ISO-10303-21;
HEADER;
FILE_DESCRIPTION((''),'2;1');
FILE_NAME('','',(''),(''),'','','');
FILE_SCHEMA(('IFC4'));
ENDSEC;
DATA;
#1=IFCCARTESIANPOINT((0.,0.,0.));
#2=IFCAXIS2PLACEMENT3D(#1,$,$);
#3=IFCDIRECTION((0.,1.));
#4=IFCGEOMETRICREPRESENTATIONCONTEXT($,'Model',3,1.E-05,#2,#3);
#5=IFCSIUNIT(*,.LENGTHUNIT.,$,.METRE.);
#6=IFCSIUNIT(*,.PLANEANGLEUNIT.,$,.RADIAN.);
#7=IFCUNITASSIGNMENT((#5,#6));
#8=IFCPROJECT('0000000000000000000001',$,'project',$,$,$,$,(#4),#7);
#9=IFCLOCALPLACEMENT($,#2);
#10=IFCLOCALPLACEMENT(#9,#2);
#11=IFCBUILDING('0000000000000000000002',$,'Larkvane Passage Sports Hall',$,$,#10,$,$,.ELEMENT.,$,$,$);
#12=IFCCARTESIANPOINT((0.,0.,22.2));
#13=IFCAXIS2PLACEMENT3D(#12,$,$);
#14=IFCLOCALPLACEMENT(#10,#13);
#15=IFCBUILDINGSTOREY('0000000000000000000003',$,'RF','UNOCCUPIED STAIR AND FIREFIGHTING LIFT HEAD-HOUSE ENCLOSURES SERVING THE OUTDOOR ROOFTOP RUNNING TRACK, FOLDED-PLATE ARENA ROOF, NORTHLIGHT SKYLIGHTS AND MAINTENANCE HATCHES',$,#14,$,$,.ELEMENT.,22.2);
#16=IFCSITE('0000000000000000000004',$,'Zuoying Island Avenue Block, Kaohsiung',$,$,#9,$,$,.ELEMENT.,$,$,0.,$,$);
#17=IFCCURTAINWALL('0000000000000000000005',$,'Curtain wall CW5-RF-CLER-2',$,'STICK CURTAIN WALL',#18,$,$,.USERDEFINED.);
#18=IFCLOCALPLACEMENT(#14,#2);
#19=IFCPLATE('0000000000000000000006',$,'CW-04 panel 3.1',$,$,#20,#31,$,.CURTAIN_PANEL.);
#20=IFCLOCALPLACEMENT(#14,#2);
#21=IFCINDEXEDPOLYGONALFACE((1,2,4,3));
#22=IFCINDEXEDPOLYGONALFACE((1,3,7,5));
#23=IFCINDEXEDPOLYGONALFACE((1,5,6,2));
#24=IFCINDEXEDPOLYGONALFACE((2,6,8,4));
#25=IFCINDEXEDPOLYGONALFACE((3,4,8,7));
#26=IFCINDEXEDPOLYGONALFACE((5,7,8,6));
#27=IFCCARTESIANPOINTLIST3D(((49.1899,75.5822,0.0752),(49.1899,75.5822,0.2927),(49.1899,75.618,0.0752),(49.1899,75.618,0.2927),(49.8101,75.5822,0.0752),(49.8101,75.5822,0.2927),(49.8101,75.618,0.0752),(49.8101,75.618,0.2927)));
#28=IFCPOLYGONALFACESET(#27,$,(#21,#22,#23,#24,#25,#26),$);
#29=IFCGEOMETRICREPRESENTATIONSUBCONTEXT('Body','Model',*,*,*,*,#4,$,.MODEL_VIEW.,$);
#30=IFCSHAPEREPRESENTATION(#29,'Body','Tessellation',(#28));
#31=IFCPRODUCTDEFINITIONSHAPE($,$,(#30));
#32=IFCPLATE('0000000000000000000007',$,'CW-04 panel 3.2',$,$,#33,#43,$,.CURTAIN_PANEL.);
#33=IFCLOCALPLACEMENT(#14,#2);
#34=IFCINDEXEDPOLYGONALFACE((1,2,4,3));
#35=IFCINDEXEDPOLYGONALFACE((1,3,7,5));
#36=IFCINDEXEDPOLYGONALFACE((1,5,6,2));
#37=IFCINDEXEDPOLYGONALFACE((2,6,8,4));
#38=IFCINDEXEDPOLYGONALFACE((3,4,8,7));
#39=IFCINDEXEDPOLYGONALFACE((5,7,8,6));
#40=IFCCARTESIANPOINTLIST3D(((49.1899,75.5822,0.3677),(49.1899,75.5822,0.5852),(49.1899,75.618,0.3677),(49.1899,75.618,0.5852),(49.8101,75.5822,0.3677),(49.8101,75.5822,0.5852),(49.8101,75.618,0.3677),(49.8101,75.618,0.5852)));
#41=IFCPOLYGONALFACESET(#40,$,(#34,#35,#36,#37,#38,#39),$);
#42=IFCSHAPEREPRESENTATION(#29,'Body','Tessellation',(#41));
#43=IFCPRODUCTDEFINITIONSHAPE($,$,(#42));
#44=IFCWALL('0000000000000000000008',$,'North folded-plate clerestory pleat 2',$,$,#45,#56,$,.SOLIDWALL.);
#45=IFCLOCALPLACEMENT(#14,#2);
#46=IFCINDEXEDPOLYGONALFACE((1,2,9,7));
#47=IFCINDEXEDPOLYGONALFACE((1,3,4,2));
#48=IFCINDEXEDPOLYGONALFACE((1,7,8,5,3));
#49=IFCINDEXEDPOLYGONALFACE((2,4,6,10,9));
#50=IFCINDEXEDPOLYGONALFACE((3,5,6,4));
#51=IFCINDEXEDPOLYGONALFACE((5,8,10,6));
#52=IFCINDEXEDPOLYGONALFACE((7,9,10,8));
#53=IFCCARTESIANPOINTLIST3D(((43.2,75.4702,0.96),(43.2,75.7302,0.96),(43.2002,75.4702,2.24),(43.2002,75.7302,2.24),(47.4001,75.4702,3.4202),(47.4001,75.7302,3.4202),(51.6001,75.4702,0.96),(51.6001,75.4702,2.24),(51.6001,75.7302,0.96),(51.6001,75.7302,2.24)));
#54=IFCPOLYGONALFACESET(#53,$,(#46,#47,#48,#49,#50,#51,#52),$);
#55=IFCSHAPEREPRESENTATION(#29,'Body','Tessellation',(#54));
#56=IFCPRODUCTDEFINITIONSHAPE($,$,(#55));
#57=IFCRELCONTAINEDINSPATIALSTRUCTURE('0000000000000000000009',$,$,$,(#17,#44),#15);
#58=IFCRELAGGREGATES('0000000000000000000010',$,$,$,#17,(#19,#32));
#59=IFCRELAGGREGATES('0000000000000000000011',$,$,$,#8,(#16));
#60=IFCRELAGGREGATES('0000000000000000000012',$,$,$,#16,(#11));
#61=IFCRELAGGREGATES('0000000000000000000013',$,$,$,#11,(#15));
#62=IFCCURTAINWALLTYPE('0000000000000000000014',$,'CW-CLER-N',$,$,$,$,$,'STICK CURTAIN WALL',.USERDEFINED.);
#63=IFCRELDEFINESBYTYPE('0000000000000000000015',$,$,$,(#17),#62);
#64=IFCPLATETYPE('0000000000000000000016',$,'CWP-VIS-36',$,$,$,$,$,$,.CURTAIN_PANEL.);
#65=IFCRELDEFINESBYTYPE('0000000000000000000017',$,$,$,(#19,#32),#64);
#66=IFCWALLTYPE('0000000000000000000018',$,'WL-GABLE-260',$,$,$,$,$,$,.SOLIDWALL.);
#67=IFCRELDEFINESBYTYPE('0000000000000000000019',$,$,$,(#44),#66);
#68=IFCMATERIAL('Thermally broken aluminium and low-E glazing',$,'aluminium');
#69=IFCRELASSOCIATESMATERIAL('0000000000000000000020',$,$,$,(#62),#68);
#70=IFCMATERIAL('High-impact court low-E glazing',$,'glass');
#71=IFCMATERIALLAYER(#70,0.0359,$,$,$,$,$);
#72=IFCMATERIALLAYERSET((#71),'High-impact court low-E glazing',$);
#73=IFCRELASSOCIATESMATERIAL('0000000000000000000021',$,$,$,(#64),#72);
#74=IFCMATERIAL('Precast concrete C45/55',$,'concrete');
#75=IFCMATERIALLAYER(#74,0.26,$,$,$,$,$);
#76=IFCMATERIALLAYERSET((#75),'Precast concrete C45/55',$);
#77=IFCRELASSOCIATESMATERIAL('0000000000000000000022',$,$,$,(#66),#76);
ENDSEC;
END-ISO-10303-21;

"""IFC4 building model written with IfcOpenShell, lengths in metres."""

from ifc_helpers import new_model, si_unit, direction, frame, origin, origin_2d, place, context, subcontext, project, spatial, polyline, rectangle, outline, extrude, material, layer, layer_set, type_object, element, aggregate, save


model = new_model("IFC4")

# Units and contexts
model_context = context("Model", 3, precision=1e-05, world=origin(), true_north=direction((0.0, 1.0)))
body_context = subcontext(model_context, "Body", "Model", "MODEL_VIEW")
ifc_project = project(units=[si_unit("LENGTHUNIT", "METRE"), si_unit("PLANEANGLEUNIT", "RADIAN")], contexts=[model_context])

# Site, building, storey
site_placement = place(None, origin())
site = spatial("IfcSite", under=ifc_project, at=site_placement, Name="Zuoying Island Avenue Block, Kaohsiung", CompositionType="ELEMENT", RefElevation=0.0)
building_placement = place(site_placement, origin())
building = spatial("IfcBuilding", under=site, at=building_placement, Name="Larkvane Passage Sports Hall", CompositionType="ELEMENT")
storey_placement = place(building_placement, frame((0.0, 0.0, 22.2)))
storey = spatial("IfcBuildingStorey", under=building, at=storey_placement, Name="RF", Description="UNOCCUPIED STAIR AND FIREFIGHTING LIFT HEAD-HOUSE ENCLOSURES SERVING THE OUTDOOR ROOFTOP RUNNING TRACK, FOLDED-PLATE ARENA ROOF, NORTHLIGHT SKYLIGHTS AND MAINTENANCE HATCHES", CompositionType="ELEMENT", Elevation=22.2)

# Curtain wall
ifc_material_1 = material(Name="Thermally broken aluminium and low-E glazing", Category="aluminium")
curtain_wall_type = type_object("IfcCurtainWallType", Name="CW-CLER-N", ElementType="STICK CURTAIN WALL", PredefinedType="USERDEFINED", material=ifc_material_1)
curtain_wall_placement = place(storey_placement, origin())
curtain_wall = element("IfcCurtainWall", 1, at=curtain_wall_placement, inside=storey, type_object=curtain_wall_type, Name="Curtain wall CW5-RF-CLER-2", ObjectType="STICK CURTAIN WALL", PredefinedType="USERDEFINED")

# Plates
ifc_material_2 = material(Name="High-impact court low-E glazing", Category="glass")
ifc_layer_1 = layer(ifc_material_2, 0.0359)
ifc_layer_set_1 = layer_set([ifc_layer_1], Name="High-impact court low-E glazing")
plate_type = type_object("IfcPlateType", Name="CWP-VIS-36", PredefinedType="CURTAIN_PANEL", material=ifc_layer_set_1)
plate_1_placement = place(storey_placement, frame((49.5, 75.6001, 0.0752), z_axis=(0.0, 0.0, 1.0), x_axis=(-1.0, 0.0, 0.0)))
plate_1 = element("IfcPlate", 2, at=plate_1_placement, type_object=plate_type, Name="CW-04 panel 3.1", PredefinedType="CURTAIN_PANEL", context=body_context, shape_type="SweptSolid", body=[
    extrude(rectangle(XDim=0.6201, YDim=0.0359, at=origin_2d()), origin(), (0.0, 0.0, 1.0), 0.2175),
])
plate_2_placement = place(storey_placement, frame((49.5, 75.6001, 0.3677), z_axis=(0.0, 0.0, 1.0), x_axis=(-1.0, 0.0, 0.0)))
plate_2 = element("IfcPlate", 3, at=plate_2_placement, type_object=plate_type, Name="CW-04 panel 3.2", PredefinedType="CURTAIN_PANEL", context=body_context, shape_type="SweptSolid", body=[
    extrude(rectangle(XDim=0.6201, YDim=0.0359, at=origin_2d()), origin(), (0.0, 0.0, 1.0), 0.2175),
])
aggregate(curtain_wall, [plate_1, plate_2])

# Wall
ifc_material_3 = material(Name="Precast concrete C45/55", Category="concrete")
ifc_layer_2 = layer(ifc_material_3, 0.26)
ifc_layer_set_2 = layer_set([ifc_layer_2], Name="Precast concrete C45/55")
wall_type = type_object("IfcWallType", Name="WL-GABLE-260", PredefinedType="SOLIDWALL", material=ifc_layer_set_2)
wall_placement = place(storey_placement, frame((51.6001, 75.6001, 0.96), z_axis=(0.0, 0.0, 1.0), x_axis=(-1.0, 0.0, 0.0)))
element("IfcWall", 4, at=wall_placement, inside=storey, type_object=wall_type, Name="North folded-plate clerestory pleat 2", PredefinedType="SOLIDWALL", context=body_context, shape_type="SweptSolid", body=[
    extrude(outline(polyline([(0.0, 0.0), (8.4001, 0.0), (8.3999, 1.28), (4.2, 2.4602), (0.0, 1.28), (0.0, 0.0)])), frame((0.0, 0.1299, 0.0), z_axis=(0.0, -1.0, 0.0), x_axis=(1.0, 0.0, 0.0)), (0.0, 0.0, 1.0), 0.26),
])

save(model, "model.ifc")
